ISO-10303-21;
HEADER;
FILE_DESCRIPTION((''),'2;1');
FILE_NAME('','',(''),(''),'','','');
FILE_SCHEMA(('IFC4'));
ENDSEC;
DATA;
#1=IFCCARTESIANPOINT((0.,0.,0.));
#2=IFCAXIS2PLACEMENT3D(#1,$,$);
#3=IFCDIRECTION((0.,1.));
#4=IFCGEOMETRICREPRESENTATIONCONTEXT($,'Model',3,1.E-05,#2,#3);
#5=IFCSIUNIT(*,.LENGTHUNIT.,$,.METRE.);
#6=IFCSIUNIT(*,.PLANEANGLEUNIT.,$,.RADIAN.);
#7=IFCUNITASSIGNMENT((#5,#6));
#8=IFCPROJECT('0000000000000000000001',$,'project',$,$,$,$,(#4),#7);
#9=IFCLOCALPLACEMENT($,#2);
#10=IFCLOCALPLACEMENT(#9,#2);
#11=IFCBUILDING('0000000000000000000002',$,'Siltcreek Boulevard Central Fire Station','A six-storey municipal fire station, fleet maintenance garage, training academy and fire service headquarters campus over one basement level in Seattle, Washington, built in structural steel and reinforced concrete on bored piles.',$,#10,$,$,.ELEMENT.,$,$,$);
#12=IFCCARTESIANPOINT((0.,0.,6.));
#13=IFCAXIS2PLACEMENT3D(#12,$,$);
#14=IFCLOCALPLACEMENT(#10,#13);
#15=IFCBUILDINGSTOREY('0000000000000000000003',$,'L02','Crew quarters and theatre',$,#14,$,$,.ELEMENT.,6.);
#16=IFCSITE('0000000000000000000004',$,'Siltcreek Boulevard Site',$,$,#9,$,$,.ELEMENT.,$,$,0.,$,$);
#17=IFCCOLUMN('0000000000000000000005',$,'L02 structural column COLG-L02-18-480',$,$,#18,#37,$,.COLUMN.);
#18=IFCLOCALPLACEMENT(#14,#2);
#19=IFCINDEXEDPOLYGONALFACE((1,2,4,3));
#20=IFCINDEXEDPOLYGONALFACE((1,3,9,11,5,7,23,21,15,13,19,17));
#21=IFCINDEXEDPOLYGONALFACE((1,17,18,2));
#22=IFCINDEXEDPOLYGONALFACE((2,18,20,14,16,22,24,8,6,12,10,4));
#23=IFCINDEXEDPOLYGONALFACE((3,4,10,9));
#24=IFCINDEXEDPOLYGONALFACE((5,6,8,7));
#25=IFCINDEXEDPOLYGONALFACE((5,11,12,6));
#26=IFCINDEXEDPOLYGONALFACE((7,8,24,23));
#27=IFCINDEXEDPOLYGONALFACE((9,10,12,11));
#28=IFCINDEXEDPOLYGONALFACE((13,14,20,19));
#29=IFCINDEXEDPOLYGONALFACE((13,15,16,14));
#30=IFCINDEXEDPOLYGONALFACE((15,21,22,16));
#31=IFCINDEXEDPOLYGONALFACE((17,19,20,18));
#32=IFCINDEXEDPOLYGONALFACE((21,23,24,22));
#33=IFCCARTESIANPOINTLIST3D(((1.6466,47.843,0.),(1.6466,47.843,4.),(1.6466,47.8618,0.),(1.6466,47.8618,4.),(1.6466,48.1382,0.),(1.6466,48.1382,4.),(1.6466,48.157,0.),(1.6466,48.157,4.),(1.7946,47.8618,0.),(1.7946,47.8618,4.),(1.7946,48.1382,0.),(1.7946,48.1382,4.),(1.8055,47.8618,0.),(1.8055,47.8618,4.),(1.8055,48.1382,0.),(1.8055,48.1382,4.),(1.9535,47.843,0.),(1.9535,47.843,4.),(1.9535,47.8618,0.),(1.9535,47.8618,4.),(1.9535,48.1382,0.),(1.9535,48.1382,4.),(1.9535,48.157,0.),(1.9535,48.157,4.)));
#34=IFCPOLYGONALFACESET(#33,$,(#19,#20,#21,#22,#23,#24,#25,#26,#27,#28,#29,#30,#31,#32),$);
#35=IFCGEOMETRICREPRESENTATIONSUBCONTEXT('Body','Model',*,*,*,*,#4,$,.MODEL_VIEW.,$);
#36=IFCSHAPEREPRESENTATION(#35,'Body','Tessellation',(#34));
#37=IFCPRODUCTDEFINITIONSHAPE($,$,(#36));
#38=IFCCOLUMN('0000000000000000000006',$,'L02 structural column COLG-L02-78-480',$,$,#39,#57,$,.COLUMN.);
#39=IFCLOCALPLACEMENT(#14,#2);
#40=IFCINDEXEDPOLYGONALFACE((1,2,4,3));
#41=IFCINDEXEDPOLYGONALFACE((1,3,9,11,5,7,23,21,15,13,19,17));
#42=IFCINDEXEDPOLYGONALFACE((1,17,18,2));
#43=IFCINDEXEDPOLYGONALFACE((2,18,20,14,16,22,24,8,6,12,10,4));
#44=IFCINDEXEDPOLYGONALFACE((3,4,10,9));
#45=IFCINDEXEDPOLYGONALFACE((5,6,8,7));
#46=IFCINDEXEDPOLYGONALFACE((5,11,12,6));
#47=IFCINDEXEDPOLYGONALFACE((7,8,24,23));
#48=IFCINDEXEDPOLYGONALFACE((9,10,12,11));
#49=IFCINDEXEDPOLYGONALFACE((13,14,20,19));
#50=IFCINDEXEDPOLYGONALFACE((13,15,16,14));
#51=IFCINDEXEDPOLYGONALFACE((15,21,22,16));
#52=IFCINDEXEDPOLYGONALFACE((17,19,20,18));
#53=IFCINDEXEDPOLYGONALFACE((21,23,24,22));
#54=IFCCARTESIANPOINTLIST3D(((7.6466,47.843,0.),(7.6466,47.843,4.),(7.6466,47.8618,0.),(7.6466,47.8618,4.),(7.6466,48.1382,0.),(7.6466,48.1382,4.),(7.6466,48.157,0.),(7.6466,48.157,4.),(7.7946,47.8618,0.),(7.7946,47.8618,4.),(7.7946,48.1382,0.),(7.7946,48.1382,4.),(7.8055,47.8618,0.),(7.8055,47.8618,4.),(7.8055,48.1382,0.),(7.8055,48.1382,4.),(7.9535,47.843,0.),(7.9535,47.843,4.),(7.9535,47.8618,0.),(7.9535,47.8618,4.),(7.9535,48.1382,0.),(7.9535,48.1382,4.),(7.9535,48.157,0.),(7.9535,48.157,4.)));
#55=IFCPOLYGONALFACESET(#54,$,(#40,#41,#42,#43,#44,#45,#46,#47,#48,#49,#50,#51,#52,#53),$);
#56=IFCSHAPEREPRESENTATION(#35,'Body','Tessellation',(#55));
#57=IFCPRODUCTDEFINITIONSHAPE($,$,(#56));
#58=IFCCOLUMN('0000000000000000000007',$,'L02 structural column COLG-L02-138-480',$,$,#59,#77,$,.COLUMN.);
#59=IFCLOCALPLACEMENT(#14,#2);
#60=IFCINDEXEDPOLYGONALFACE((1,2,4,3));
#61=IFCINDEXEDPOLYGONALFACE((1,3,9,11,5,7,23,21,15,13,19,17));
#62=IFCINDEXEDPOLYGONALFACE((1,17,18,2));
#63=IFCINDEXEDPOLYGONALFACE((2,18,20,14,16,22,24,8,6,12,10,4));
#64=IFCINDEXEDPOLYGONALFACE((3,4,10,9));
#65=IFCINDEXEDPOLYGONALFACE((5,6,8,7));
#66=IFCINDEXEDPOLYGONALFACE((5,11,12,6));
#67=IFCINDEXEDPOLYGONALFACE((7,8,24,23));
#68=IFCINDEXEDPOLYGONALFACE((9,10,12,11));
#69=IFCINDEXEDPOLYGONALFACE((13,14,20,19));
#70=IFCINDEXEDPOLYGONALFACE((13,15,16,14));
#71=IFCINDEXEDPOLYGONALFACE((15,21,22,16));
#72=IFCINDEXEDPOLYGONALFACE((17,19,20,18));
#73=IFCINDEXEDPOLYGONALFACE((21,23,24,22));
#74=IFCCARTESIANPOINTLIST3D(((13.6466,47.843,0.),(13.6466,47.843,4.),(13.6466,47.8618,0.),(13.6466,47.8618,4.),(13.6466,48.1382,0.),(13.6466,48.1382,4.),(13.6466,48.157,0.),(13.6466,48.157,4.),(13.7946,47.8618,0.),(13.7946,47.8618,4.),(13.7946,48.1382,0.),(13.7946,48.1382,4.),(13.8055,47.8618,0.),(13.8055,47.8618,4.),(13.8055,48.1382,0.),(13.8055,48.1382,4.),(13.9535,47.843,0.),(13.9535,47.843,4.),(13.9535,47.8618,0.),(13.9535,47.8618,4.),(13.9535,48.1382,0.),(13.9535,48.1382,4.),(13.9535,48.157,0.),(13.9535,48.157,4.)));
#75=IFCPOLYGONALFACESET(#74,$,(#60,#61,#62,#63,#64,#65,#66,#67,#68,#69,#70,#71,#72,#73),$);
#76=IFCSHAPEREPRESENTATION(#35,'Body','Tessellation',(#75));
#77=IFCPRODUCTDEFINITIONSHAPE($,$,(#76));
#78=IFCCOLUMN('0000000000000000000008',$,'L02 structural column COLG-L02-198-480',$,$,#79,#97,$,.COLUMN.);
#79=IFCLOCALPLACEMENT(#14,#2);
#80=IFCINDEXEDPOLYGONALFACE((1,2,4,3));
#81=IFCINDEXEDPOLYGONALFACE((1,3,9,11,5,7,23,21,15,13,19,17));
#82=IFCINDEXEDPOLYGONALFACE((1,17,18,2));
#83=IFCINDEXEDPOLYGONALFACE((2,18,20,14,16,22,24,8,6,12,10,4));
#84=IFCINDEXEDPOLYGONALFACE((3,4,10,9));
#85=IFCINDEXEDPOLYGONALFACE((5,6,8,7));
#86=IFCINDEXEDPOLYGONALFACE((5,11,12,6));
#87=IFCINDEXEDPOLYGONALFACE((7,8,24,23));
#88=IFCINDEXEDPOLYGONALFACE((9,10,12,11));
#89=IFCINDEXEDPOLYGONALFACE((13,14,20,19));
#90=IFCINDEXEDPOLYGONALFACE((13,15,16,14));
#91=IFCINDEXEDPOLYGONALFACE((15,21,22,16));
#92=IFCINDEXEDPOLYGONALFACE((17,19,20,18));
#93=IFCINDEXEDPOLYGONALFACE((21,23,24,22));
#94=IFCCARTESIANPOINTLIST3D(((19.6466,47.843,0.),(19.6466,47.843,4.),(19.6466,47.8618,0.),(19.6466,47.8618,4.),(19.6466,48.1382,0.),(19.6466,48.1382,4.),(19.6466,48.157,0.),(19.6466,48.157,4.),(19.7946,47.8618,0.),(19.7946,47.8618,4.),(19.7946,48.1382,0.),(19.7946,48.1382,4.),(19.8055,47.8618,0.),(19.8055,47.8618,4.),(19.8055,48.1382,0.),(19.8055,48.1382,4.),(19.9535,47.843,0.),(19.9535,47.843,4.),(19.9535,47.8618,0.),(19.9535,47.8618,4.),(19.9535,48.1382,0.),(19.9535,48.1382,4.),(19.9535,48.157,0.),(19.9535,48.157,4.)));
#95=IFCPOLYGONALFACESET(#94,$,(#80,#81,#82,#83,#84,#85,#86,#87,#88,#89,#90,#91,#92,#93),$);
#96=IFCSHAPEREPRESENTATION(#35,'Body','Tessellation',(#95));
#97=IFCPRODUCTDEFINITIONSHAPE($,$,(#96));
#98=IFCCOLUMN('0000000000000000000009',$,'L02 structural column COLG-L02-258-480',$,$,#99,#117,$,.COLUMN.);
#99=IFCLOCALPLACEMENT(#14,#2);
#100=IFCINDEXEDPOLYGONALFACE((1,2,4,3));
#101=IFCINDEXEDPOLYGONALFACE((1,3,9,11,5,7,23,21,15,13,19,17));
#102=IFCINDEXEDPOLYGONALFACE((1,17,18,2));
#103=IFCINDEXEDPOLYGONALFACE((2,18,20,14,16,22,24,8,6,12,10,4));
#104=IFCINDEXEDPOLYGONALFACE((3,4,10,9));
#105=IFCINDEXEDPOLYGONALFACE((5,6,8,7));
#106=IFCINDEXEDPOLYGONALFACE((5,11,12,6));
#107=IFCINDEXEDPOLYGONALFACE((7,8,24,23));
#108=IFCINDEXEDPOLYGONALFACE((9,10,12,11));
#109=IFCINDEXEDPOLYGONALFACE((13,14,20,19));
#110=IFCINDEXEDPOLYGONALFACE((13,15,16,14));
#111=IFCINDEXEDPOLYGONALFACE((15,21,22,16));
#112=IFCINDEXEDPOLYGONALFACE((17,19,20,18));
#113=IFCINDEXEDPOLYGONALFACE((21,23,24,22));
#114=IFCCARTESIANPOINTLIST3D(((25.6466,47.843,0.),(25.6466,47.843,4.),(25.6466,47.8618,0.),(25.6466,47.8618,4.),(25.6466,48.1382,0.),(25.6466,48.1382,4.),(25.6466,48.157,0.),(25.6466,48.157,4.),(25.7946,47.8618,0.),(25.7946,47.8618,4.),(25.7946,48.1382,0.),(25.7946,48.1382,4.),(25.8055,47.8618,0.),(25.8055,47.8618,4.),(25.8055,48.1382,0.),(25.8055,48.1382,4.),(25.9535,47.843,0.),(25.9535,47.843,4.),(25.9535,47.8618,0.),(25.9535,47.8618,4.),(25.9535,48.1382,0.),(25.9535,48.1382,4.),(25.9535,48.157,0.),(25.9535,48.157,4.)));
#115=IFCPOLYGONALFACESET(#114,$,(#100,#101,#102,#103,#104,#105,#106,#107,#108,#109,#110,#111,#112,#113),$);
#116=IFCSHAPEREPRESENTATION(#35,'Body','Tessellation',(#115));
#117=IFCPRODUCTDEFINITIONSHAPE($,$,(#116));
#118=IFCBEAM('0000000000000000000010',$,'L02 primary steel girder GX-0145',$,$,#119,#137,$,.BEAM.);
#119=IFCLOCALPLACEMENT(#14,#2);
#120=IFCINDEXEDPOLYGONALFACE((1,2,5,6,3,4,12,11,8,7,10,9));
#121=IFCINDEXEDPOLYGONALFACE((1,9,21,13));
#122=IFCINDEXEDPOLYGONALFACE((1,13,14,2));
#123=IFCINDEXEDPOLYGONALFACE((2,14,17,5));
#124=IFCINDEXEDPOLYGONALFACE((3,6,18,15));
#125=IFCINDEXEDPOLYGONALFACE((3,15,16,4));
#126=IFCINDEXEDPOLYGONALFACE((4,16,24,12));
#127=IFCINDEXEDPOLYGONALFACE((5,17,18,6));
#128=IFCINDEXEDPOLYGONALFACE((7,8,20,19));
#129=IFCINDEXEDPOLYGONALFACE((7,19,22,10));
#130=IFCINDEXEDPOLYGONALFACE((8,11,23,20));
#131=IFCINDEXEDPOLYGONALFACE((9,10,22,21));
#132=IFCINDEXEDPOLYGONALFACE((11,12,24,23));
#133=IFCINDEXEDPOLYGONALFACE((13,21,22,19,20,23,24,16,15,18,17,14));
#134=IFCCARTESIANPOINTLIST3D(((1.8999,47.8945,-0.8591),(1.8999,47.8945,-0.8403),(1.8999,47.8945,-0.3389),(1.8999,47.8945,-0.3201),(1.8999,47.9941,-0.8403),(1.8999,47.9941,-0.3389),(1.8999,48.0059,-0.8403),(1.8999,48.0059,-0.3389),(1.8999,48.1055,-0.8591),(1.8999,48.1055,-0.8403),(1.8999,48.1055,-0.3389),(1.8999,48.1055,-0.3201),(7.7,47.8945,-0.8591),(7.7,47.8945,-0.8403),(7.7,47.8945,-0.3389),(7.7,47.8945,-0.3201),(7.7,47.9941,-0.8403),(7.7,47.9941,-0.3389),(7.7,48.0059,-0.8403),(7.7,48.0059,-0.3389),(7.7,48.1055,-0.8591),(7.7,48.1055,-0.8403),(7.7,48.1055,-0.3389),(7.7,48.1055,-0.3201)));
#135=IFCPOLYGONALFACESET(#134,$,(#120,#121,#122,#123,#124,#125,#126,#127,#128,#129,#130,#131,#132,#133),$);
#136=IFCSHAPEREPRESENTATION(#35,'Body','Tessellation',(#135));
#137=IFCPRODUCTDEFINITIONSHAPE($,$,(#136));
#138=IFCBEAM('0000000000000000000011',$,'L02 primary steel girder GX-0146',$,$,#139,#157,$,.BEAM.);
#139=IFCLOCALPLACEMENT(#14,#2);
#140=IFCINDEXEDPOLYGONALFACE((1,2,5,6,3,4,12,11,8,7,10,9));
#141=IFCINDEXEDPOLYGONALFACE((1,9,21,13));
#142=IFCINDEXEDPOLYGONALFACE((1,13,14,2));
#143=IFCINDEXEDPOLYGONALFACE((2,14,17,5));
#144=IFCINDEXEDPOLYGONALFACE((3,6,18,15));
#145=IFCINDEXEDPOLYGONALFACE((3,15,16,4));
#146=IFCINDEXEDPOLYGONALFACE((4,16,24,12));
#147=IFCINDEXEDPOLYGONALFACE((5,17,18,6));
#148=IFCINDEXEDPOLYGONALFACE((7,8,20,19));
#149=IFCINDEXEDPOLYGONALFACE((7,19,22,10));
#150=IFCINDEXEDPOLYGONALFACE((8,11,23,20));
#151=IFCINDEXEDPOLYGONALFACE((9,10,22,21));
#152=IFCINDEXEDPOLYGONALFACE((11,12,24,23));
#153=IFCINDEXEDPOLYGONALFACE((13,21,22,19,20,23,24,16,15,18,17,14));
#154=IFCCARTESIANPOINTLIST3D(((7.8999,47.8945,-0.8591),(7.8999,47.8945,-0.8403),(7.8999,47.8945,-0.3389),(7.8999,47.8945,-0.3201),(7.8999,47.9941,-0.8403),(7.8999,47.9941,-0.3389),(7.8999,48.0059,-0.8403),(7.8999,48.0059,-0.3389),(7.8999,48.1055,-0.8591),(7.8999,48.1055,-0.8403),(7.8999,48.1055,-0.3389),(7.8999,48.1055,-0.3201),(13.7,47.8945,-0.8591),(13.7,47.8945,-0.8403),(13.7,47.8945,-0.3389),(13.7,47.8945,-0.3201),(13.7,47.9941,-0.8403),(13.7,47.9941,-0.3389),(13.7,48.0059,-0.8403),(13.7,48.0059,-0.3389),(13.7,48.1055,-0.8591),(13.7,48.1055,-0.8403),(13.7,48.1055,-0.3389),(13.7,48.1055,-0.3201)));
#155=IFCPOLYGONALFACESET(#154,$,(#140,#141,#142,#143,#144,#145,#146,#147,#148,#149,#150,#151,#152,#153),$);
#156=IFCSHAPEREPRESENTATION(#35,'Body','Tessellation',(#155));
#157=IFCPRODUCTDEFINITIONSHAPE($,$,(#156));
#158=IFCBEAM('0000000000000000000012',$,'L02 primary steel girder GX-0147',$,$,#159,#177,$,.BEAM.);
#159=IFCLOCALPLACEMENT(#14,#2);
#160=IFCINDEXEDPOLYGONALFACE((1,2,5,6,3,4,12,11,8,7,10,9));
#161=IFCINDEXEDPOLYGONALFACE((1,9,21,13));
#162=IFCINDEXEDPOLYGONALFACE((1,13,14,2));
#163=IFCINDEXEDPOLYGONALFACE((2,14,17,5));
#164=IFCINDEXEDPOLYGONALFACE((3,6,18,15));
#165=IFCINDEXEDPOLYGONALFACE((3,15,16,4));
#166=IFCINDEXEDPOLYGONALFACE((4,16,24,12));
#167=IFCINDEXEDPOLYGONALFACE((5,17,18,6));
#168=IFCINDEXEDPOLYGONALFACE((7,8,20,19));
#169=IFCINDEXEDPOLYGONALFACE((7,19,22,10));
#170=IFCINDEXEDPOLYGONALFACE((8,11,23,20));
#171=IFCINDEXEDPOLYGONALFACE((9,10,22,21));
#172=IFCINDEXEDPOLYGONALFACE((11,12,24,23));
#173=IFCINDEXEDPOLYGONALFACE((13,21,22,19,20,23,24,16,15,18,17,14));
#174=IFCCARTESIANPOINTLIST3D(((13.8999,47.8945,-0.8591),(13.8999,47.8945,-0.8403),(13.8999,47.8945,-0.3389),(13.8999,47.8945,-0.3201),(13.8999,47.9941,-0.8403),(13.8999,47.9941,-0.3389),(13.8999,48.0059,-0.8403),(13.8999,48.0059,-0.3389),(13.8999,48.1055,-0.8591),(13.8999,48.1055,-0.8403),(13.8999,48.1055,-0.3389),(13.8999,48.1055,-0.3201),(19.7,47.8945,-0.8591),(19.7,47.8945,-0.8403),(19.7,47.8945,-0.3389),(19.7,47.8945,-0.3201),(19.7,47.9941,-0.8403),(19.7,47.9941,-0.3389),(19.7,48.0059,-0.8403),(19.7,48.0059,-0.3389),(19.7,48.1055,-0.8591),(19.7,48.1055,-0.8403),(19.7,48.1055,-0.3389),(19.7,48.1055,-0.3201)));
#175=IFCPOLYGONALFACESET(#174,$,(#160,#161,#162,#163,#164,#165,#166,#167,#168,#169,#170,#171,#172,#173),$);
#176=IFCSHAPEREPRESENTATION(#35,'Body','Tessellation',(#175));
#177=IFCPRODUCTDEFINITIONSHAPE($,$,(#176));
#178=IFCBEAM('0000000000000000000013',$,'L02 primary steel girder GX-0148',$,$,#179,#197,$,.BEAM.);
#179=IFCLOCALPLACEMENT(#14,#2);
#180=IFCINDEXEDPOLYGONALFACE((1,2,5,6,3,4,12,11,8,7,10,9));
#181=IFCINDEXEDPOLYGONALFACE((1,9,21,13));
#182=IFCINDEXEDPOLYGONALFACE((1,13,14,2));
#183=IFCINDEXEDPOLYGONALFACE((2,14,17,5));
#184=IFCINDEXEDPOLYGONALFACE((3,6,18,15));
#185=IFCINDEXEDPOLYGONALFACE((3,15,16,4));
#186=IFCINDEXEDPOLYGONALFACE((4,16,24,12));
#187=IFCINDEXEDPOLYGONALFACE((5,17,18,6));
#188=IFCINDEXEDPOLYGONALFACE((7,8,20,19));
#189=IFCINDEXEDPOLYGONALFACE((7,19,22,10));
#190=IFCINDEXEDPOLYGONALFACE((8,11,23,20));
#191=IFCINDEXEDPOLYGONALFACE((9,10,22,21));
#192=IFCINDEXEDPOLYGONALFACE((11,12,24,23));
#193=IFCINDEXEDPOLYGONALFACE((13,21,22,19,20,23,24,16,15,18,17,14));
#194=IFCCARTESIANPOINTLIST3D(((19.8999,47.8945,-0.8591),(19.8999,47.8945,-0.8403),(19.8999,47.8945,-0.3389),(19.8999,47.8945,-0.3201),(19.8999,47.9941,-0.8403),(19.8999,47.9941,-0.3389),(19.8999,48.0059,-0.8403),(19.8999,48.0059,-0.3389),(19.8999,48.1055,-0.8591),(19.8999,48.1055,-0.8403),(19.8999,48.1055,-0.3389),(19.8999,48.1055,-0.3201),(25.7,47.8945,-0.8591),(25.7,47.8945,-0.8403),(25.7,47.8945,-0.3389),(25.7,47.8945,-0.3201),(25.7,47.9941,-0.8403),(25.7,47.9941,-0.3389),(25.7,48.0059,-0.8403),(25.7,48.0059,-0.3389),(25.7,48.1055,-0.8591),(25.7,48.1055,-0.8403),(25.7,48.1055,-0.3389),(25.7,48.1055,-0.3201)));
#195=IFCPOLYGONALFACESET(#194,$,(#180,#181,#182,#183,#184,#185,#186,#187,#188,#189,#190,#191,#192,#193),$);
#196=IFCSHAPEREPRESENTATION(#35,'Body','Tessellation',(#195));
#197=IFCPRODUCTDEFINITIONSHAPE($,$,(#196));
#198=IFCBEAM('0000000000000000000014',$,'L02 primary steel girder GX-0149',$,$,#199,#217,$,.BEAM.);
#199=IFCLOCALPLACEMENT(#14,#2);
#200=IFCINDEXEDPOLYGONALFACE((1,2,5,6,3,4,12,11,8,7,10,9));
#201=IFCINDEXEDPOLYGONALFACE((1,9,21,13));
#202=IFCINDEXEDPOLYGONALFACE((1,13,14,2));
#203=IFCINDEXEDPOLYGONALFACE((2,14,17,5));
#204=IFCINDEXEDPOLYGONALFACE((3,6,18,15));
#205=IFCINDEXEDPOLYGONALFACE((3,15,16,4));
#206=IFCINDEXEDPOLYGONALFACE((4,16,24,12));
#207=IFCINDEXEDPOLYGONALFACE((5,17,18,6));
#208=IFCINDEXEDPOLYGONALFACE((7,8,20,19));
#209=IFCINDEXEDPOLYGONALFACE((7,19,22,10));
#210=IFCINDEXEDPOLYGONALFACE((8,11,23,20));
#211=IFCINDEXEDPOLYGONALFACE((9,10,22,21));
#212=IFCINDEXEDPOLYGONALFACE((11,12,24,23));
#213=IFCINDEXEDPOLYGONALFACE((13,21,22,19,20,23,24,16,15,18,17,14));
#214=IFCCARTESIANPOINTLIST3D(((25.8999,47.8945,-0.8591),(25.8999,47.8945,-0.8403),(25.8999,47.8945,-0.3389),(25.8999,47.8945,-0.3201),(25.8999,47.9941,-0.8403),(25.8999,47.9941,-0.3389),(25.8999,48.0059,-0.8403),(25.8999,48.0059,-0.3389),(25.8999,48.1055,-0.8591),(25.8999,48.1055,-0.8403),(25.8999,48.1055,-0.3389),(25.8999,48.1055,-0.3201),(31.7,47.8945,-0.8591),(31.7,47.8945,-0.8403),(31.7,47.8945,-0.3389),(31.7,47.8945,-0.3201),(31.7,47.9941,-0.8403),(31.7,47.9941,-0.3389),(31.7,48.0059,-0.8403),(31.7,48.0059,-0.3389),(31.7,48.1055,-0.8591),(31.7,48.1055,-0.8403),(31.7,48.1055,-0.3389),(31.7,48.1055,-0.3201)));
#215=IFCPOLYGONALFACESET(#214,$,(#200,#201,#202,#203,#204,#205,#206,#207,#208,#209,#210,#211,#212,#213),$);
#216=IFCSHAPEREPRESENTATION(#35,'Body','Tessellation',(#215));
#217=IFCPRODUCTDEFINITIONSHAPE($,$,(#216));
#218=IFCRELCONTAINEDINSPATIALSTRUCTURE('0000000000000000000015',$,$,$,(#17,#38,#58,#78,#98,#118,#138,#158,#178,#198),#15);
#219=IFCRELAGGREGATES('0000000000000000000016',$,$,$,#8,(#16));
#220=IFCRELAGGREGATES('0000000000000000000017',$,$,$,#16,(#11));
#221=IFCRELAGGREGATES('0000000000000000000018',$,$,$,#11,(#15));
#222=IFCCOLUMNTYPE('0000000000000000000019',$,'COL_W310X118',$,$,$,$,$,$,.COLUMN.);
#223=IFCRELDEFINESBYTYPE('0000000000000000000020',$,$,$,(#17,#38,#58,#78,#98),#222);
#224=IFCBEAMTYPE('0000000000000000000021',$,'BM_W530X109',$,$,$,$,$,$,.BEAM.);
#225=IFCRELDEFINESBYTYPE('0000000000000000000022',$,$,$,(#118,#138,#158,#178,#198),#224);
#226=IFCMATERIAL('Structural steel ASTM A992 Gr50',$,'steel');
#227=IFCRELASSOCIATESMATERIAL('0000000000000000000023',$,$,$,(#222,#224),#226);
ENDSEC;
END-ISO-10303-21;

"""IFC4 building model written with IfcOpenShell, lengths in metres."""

from ifc_helpers import new_model, si_unit, direction, frame, origin, origin_2d, place, context, subcontext, project, spatial, i_section, extrude, material, material_profile, profile_set, type_object, element, save


model = new_model("IFC4")

# Units and contexts
model_context = context("Model", 3, precision=1e-05, world=origin(), true_north=direction((0.0, 1.0)))
body_context = subcontext(model_context, "Body", "Model", "MODEL_VIEW")
ifc_project = project(units=[si_unit("LENGTHUNIT", "METRE"), si_unit("PLANEANGLEUNIT", "RADIAN")], contexts=[model_context])

# Site, building, storey
site_placement = place(None, origin())
site = spatial("IfcSite", under=ifc_project, at=site_placement, Name="Siltcreek Boulevard Site", CompositionType="ELEMENT", RefElevation=0.0)
building_placement = place(site_placement, origin())
building = spatial("IfcBuilding", under=site, at=building_placement, Name="Siltcreek Boulevard Central Fire Station", Description="A six-storey municipal fire station, fleet maintenance garage, training academy and fire service headquarters campus over one basement level in Seattle, Washington, built in structural steel and reinforced concrete on bored piles.", CompositionType="ELEMENT")
storey_placement = place(building_placement, frame((0.0, 0.0, 6.0)))
storey = spatial("IfcBuildingStorey", under=building, at=storey_placement, Name="L02", Description="Crew quarters and theatre", CompositionType="ELEMENT", Elevation=6.0)

# Columns
ifc_material_1 = material(Name="Structural steel ASTM A992 Gr50", Category="steel")
ifc_material_profile_1 = material_profile(ifc_material_1, i_section(OverallWidth=0.3069, OverallDepth=0.314, WebThickness=0.011, FlangeThickness=0.0188, at=origin_2d()), Name="W310X118")
ifc_profile_set_1 = profile_set([ifc_material_profile_1], Name="Structural steel ASTM A992 Gr50")
column_type = type_object("IfcColumnType", Name="COL_W310X118", PredefinedType="COLUMN", material=ifc_profile_set_1)
for number, where, z_axis, x_axis, name in (
    (1, (1.8, 48.0, 0.0), (0.0, 0.0, 1.0), (1.0, 0.0, 0.0), "L02 structural column COLG-L02-18-480"),
    (2, (7.8, 48.0, 0.0), (0.0, 0.0, 1.0), (1.0, 0.0, 0.0), "L02 structural column COLG-L02-78-480"),
    (3, (13.8, 48.0, 0.0), (0.0, 0.0, 1.0), (1.0, 0.0, 0.0), "L02 structural column COLG-L02-138-480"),
    (4, (19.8, 48.0, 0.0), (0.0, 0.0, 1.0), (1.0, 0.0, 0.0), "L02 structural column COLG-L02-198-480"),
    (5, (25.8, 48.0, 0.0), (0.0, 0.0, 1.0), (1.0, 0.0, 0.0), "L02 structural column COLG-L02-258-480"),
):
    element("IfcColumn", number, at=place(storey_placement, frame(where, z_axis=z_axis, x_axis=x_axis)), inside=storey, type_object=column_type, Name=name, PredefinedType="COLUMN", context=body_context, shape_type="SweptSolid", body=[
        extrude(i_section(OverallWidth=0.3069, OverallDepth=0.314, WebThickness=0.011, FlangeThickness=0.0188, at=origin_2d()), origin(), (0.0, 0.0, 1.0), 4.0),
    ])

# Beams
ifc_material_profile_2 = material_profile(ifc_material_1, i_section(OverallWidth=0.2109, OverallDepth=0.5391, WebThickness=0.0117, FlangeThickness=0.0188, at=origin_2d()), Name="W530X109")
ifc_profile_set_2 = profile_set([ifc_material_profile_2], Name="Structural steel ASTM A992 Gr50")
beam_type_1 = type_object("IfcBeamType", Name="BM_W530X109", PredefinedType="BEAM", material=ifc_profile_set_2)
for number, where, z_axis, x_axis, name in (
    (6, (1.8999, 48.0, -0.5896), (1.0, 0.0, 0.0), (0.0, 1.0, 0.0), "L02 primary steel girder GX-0145"),
    (7, (7.8999, 48.0, -0.5896), (1.0, 0.0, 0.0), (0.0, 1.0, 0.0), "L02 primary steel girder GX-0146"),
    (8, (13.8999, 48.0, -0.5896), (1.0, 0.0, 0.0), (0.0, 1.0, 0.0), "L02 primary steel girder GX-0147"),
    (9, (19.8999, 48.0, -0.5896), (1.0, 0.0, 0.0), (0.0, 1.0, 0.0), "L02 primary steel girder GX-0148"),
    (10, (25.8999, 48.0, -0.5896), (1.0, 0.0, 0.0), (0.0, 1.0, 0.0), "L02 primary steel girder GX-0149"),
):
    element("IfcBeam", number, at=place(storey_placement, frame(where, z_axis=z_axis, x_axis=x_axis)), inside=storey, type_object=beam_type_1, Name=name, PredefinedType="BEAM", context=body_context, shape_type="SweptSolid", body=[
        extrude(i_section(OverallWidth=0.2109, OverallDepth=0.5391, WebThickness=0.0117, FlangeThickness=0.0188, at=origin_2d()), origin(), (0.0, 0.0, 1.0), 5.8),
    ])

save(model, "model.ifc")
